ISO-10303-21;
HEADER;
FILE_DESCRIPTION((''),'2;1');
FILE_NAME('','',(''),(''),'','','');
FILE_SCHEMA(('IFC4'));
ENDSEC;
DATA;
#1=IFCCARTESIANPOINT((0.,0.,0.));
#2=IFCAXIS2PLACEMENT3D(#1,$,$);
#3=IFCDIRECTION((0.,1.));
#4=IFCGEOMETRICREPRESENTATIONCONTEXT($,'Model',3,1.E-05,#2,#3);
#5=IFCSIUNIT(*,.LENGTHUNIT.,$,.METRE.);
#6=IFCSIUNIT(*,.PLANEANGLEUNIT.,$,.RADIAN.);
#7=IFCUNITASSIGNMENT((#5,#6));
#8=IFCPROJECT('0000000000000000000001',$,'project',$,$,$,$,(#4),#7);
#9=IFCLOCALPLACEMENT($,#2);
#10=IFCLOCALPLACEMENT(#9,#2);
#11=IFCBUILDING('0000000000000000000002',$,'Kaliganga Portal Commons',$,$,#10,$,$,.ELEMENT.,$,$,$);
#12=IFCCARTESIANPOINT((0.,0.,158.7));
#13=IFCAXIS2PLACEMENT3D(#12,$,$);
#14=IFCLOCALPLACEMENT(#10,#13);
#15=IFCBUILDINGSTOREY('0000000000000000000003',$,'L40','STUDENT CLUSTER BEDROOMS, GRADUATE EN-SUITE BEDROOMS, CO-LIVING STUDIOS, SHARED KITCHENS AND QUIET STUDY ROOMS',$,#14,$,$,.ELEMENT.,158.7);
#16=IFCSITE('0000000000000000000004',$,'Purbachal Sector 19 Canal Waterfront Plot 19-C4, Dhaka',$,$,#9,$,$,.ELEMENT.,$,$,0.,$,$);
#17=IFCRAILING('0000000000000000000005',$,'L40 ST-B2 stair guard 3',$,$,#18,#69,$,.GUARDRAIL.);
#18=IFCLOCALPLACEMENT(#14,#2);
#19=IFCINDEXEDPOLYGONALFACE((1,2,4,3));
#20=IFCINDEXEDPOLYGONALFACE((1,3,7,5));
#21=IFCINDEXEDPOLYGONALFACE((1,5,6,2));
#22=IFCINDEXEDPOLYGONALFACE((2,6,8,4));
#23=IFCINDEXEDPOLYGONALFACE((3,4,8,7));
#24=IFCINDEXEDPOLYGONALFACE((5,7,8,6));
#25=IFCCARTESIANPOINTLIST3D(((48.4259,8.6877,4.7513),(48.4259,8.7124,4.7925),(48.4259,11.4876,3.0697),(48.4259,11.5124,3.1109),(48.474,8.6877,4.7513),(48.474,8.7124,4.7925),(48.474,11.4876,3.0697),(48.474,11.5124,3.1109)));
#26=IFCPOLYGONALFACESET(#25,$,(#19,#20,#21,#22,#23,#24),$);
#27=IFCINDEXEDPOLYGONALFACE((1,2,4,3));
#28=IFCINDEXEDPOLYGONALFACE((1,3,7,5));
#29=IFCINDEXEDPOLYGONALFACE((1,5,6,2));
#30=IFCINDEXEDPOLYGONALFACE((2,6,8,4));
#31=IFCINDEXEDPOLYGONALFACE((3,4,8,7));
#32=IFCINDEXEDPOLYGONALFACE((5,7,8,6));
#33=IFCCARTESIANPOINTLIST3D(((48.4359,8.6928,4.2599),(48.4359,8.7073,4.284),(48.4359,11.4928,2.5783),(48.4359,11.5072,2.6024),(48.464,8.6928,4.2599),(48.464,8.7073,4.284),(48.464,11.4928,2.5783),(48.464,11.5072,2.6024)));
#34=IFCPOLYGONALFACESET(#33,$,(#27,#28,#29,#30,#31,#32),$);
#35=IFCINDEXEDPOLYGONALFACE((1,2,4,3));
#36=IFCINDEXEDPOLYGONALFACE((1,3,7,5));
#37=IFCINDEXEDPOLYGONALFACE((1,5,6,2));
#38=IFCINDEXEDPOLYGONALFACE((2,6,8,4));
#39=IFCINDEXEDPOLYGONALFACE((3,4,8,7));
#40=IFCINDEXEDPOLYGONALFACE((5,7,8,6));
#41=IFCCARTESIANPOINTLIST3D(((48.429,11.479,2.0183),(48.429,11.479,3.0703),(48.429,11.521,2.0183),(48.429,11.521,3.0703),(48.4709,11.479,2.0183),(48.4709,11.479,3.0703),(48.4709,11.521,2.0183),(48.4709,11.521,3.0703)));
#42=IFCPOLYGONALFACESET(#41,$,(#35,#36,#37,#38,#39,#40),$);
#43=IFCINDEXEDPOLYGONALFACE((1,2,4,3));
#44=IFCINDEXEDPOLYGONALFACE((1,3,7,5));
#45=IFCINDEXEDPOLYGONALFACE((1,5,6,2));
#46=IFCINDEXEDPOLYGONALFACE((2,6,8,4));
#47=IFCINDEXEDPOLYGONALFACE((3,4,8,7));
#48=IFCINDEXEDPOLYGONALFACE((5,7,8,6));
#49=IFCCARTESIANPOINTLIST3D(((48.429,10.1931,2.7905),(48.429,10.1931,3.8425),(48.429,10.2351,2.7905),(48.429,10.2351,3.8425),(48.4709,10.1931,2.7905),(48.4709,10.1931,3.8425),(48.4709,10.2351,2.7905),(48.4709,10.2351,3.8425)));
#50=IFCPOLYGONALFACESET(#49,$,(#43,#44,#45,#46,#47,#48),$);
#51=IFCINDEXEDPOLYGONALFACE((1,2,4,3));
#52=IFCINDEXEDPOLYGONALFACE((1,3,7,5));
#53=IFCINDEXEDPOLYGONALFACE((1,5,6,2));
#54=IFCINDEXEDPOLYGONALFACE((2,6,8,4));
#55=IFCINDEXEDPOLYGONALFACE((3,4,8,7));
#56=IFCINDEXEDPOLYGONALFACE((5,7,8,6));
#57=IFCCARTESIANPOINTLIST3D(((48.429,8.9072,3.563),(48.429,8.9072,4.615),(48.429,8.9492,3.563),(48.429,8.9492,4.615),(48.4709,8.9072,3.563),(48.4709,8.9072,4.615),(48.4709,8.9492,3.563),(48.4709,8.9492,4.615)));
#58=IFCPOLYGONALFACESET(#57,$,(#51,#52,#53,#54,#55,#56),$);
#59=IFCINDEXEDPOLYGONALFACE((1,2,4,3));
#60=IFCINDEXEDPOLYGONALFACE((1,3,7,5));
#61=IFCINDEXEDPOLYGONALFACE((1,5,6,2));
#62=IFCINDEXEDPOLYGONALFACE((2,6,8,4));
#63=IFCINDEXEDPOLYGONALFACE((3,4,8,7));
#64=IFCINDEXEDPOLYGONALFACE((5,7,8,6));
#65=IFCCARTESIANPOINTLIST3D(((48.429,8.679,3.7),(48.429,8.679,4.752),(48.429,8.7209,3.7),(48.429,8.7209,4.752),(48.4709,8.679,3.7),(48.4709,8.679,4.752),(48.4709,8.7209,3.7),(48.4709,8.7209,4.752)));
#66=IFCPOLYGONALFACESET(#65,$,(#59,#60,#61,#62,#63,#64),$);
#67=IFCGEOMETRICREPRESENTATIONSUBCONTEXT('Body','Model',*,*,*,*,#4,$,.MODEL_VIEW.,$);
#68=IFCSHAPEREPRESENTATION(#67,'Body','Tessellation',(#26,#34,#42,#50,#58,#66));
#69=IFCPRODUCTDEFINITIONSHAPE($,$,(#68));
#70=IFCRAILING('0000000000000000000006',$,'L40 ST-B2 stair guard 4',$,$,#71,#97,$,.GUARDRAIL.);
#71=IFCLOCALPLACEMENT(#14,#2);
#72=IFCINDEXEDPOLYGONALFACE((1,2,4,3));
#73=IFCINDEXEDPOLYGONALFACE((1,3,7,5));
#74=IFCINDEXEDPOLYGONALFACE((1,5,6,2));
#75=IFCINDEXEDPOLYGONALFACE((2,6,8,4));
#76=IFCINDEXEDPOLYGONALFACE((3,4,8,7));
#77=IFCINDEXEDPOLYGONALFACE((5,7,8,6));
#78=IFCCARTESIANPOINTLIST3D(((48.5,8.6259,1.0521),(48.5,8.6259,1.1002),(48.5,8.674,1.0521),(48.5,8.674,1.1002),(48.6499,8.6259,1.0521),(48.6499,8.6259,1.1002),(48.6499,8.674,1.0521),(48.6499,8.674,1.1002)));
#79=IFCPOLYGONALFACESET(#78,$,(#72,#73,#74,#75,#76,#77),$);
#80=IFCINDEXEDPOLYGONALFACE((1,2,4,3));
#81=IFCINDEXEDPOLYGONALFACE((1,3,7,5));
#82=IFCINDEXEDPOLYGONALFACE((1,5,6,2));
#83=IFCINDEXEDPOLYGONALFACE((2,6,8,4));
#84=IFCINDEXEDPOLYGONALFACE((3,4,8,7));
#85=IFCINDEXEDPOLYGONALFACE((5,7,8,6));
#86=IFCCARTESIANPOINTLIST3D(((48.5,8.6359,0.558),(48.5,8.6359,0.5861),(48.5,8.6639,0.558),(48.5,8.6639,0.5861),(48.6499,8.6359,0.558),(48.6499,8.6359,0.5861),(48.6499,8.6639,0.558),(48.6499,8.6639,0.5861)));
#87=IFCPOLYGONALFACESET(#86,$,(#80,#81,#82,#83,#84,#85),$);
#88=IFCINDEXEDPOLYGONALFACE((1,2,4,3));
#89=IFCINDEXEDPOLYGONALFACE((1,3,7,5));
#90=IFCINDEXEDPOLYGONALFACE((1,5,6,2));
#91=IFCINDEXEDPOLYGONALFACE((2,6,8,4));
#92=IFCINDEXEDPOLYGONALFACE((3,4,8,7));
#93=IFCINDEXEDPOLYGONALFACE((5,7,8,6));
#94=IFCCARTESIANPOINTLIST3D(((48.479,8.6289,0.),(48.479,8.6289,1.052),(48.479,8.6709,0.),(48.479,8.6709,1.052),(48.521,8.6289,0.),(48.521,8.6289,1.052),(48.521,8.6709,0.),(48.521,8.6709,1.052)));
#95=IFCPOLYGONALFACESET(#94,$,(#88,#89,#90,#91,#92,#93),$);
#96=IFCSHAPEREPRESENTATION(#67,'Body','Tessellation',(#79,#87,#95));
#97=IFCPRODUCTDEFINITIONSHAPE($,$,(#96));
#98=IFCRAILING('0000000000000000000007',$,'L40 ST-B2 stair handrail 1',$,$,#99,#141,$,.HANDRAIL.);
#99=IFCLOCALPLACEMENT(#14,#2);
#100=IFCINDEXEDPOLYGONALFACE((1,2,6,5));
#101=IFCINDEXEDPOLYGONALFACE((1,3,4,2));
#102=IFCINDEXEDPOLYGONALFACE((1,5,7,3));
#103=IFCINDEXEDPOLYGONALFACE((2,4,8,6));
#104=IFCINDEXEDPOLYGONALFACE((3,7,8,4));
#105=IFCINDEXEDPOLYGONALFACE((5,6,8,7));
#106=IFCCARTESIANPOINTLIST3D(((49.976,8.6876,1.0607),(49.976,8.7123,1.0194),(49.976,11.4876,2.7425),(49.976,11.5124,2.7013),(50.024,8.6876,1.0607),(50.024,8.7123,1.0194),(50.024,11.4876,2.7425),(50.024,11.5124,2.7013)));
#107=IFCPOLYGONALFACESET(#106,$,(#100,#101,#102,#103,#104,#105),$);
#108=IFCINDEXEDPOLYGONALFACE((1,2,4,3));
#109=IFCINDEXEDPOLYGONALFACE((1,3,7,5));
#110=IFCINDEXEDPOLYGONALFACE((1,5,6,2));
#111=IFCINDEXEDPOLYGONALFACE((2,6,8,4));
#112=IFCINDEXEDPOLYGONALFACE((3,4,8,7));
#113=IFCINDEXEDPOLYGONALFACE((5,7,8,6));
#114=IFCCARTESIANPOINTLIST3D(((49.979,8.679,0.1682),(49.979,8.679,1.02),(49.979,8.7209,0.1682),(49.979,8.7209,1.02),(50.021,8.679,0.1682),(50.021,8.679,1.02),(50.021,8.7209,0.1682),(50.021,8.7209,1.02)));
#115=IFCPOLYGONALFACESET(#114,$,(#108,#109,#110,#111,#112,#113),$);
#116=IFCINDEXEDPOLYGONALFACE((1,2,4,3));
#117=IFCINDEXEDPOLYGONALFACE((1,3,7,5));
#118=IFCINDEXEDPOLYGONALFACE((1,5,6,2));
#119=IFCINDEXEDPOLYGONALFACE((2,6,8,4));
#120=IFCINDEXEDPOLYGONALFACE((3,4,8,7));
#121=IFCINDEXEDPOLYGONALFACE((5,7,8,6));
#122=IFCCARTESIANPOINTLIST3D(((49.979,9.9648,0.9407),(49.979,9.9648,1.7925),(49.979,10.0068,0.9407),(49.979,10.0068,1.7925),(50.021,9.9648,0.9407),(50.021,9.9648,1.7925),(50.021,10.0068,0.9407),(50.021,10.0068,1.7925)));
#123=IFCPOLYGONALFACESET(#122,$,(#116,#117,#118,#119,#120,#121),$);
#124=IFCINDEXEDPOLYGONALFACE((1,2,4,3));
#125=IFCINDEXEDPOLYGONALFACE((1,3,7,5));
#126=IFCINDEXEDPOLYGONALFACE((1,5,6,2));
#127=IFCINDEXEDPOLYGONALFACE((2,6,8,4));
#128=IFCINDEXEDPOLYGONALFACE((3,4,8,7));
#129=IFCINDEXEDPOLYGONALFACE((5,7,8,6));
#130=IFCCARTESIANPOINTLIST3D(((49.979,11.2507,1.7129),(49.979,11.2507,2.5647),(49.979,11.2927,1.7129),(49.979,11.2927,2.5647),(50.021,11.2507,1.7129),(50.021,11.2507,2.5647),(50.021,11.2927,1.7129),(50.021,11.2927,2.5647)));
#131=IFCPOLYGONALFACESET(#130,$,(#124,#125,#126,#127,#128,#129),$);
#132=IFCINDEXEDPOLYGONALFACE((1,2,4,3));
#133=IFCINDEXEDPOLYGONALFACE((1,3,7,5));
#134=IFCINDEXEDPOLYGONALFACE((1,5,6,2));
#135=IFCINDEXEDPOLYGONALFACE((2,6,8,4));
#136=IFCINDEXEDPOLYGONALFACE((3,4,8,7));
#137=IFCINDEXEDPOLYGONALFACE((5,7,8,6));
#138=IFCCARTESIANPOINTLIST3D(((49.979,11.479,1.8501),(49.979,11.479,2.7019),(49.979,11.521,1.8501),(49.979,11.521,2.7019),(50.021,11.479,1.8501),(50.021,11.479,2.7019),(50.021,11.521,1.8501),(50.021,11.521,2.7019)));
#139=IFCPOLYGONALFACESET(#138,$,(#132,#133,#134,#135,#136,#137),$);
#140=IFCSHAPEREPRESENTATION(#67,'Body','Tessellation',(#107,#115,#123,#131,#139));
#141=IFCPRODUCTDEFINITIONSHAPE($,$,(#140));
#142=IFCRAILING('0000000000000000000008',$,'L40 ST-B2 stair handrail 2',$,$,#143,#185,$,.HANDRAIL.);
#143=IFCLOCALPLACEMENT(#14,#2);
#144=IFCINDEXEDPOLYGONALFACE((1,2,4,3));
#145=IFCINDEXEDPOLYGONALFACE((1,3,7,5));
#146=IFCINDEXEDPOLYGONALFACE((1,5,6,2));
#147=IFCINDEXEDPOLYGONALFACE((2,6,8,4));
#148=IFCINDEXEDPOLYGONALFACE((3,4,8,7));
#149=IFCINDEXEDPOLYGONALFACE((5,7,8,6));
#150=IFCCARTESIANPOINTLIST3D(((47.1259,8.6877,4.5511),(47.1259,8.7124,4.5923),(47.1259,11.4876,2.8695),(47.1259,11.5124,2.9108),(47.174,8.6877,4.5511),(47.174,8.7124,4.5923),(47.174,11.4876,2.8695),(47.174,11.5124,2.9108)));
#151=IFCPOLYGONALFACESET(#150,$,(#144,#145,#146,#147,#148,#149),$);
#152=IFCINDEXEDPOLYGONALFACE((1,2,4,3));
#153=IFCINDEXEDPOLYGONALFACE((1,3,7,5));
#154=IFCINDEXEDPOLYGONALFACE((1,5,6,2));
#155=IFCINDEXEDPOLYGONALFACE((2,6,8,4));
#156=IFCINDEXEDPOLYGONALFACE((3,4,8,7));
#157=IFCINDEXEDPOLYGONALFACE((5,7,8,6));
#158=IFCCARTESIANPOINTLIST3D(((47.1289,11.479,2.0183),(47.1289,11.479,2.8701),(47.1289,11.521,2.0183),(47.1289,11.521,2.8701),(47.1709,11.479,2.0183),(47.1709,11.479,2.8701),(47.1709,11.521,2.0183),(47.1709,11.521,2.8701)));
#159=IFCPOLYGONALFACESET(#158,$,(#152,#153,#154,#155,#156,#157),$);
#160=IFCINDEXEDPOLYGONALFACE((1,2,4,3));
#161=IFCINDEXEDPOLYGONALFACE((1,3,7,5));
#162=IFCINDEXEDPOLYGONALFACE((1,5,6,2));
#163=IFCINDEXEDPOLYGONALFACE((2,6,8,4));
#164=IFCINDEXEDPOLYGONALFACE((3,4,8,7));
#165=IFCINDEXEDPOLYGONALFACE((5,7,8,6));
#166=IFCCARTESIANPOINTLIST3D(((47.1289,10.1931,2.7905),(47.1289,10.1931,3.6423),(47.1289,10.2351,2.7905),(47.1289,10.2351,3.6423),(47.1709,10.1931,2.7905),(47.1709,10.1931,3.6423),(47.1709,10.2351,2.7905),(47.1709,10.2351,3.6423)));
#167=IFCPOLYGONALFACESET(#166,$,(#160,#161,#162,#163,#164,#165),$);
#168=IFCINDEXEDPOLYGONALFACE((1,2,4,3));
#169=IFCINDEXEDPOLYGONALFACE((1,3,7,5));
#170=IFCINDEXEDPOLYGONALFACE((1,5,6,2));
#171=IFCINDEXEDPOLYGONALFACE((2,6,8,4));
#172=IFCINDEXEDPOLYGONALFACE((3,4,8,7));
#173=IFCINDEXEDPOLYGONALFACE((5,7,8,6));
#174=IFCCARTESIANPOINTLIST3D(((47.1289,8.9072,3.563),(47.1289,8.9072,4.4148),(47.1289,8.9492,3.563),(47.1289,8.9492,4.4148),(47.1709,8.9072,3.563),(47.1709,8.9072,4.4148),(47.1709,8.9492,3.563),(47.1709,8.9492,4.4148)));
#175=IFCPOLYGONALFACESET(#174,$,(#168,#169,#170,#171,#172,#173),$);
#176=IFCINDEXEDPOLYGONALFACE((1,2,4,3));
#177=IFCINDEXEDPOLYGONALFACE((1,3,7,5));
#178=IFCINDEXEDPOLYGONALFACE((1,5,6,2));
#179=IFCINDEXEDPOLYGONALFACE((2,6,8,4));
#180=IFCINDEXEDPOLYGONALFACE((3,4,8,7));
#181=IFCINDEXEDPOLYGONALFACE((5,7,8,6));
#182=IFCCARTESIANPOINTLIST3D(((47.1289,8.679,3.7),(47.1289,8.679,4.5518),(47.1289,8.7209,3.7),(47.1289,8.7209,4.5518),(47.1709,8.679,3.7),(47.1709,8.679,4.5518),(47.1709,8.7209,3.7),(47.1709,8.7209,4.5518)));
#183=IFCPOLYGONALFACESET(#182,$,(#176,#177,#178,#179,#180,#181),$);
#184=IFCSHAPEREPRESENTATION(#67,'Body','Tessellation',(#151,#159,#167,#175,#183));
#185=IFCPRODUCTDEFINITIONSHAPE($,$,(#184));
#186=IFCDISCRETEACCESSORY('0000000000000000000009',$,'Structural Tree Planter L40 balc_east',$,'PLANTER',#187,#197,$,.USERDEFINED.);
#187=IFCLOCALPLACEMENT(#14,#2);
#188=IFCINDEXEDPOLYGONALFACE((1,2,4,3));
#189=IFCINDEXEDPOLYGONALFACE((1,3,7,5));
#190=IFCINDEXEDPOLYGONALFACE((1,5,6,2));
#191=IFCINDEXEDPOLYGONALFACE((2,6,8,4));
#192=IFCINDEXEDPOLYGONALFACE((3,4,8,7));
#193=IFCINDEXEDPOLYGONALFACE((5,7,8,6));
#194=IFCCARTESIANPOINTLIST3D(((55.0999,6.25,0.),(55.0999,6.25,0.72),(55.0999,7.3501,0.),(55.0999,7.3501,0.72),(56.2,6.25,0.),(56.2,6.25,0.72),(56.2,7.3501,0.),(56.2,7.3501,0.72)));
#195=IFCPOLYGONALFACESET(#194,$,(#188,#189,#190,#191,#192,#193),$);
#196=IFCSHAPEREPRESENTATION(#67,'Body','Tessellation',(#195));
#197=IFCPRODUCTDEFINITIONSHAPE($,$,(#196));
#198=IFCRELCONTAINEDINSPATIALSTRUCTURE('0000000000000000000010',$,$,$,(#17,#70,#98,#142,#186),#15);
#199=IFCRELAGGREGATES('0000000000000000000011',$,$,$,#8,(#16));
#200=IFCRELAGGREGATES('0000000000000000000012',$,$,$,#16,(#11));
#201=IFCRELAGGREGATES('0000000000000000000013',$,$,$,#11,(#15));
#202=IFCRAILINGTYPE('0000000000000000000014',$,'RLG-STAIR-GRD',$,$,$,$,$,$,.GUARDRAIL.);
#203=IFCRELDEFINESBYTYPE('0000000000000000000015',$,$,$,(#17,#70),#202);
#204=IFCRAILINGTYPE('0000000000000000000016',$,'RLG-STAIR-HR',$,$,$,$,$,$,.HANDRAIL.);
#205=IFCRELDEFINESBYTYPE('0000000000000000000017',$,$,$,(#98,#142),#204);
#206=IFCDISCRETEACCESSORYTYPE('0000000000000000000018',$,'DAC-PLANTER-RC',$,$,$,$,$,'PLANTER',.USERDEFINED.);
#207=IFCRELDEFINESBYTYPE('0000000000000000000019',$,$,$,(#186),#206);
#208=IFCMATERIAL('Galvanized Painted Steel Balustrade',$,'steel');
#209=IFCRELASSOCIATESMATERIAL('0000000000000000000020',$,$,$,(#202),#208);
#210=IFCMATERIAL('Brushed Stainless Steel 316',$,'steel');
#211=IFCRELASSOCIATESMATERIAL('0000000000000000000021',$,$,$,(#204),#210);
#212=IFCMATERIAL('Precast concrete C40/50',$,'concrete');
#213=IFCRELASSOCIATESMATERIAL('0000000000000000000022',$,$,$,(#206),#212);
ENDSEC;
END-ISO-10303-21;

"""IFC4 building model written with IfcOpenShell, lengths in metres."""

from ifc_helpers import new_model, si_unit, direction, frame, origin, origin_2d, place, context, subcontext, project, spatial, rectangle, extrude, source, transform, mapped, material, type_object, element, save


model = new_model("IFC4")

# Units and contexts
model_context = context("Model", 3, precision=1e-05, world=origin(), true_north=direction((0.0, 1.0)))
body_context = subcontext(model_context, "Body", "Model", "MODEL_VIEW")
ifc_project = project(units=[si_unit("LENGTHUNIT", "METRE"), si_unit("PLANEANGLEUNIT", "RADIAN")], contexts=[model_context])

# Site, building, storey
site_placement = place(None, origin())
site = spatial("IfcSite", under=ifc_project, at=site_placement, Name="Purbachal Sector 19 Canal Waterfront Plot 19-C4, Dhaka", CompositionType="ELEMENT", RefElevation=0.0)
building_placement = place(site_placement, origin())
building = spatial("IfcBuilding", under=site, at=building_placement, Name="Kaliganga Portal Commons", CompositionType="ELEMENT")
storey_placement = place(building_placement, frame((0.0, 0.0, 158.7)))
storey = spatial("IfcBuildingStorey", under=building, at=storey_placement, Name="L40", Description="STUDENT CLUSTER BEDROOMS, GRADUATE EN-SUITE BEDROOMS, CO-LIVING STUDIOS, SHARED KITCHENS AND QUIET STUDY ROOMS", CompositionType="ELEMENT", Elevation=158.7)

# Railings
ifc_material_1 = material(Name="Galvanized Painted Steel Balustrade", Category="steel")
railing_type_1 = type_object("IfcRailingType", Name="RLG-STAIR-GRD", PredefinedType="GUARDRAIL", material=ifc_material_1)
railing_1_placement = place(storey_placement, frame((48.45, 11.5, 2.0183)))
element("IfcRailing", 1, at=railing_1_placement, inside=storey, type_object=railing_type_1, Name="L40 ST-B2 stair guard 3", PredefinedType="GUARDRAIL", context=body_context, shape_type="SweptSolid", body=[
    extrude(rectangle(XDim=0.0481, YDim=0.0481, at=origin_2d()), frame((0.0, 0.0, 1.072), z_axis=(0.0, -0.857275, 0.514858), x_axis=(1.0, 0.0, 0.0)), (0.0, 0.0, 1.0), 3.2661),
    extrude(rectangle(XDim=0.0281, YDim=0.0281, at=origin_2d()), frame((0.0, 0.0, 0.572), z_axis=(0.0, -0.857275, 0.514858), x_axis=(1.0, 0.0, 0.0)), (0.0, 0.0, 1.0), 3.2661),
    extrude(rectangle(XDim=0.042, YDim=0.042, at=origin_2d()), origin(), (0.0, 0.0, 1.0), 1.052),
    extrude(rectangle(XDim=0.042, YDim=0.042, at=origin_2d()), frame((0.0, -1.2859, 0.7722)), (0.0, 0.0, 1.0), 1.052),
    extrude(rectangle(XDim=0.042, YDim=0.042, at=origin_2d()), frame((0.0, -2.5718, 1.5447)), (0.0, 0.0, 1.0), 1.052),
    extrude(rectangle(XDim=0.042, YDim=0.042, at=origin_2d()), frame((0.0, -2.8, 1.6816)), (0.0, 0.0, 1.0), 1.052),
])
railing_2_placement = place(storey_placement, frame((48.6499, 8.6499, 0.0)))
element("IfcRailing", 2, at=railing_2_placement, inside=storey, type_object=railing_type_1, Name="L40 ST-B2 stair guard 4", PredefinedType="GUARDRAIL", context=body_context, shape_type="SweptSolid", body=[
    extrude(rectangle(XDim=0.0481, YDim=0.0481, at=origin_2d()), frame((0.0, 0.0, 1.0762), z_axis=(-1.0, 0.0, 0.0), x_axis=(0.0, -1.0, 0.0)), (0.0, 0.0, 1.0), 0.1499),
    extrude(rectangle(XDim=0.0281, YDim=0.0281, at=origin_2d()), frame((0.0, 0.0, 0.572), z_axis=(-1.0, 0.0, 0.0), x_axis=(0.0, -1.0, 0.0)), (0.0, 0.0, 1.0), 0.1499),
    extrude(rectangle(XDim=0.042, YDim=0.042, at=origin_2d()), frame((-0.1499, 0.0, 0.0)), (0.0, 0.0, 1.0), 1.052),
])
ifc_material_2 = material(Name="Brushed Stainless Steel 316", Category="steel")
railing_type_2 = type_object("IfcRailingType", Name="RLG-STAIR-HR", PredefinedType="HANDRAIL", material=ifc_material_2)
railing_3_placement = place(storey_placement, frame((50.0, 8.7, 0.1682)))
element("IfcRailing", 3, at=railing_3_placement, inside=storey, type_object=railing_type_2, Name="L40 ST-B2 stair handrail 1", PredefinedType="HANDRAIL", context=body_context, shape_type="SweptSolid", body=[
    extrude(rectangle(XDim=0.0481, YDim=0.0481, at=origin_2d()), frame((0.0, 0.0, 0.8718), z_axis=(0.0, 0.857242, 0.514913), x_axis=(-1.0, 0.0, 0.0)), (0.0, 0.0, 1.0), 3.2664),
    extrude(rectangle(XDim=0.042, YDim=0.042, at=origin_2d()), origin(), (0.0, 0.0, 1.0), 0.8518),
    extrude(rectangle(XDim=0.042, YDim=0.042, at=origin_2d()), frame((0.0, 1.2859, 0.7725)), (0.0, 0.0, 1.0), 0.8518),
    extrude(rectangle(XDim=0.042, YDim=0.042, at=origin_2d()), frame((0.0, 2.5718, 1.5447)), (0.0, 0.0, 1.0), 0.8518),
    extrude(rectangle(XDim=0.042, YDim=0.042, at=origin_2d()), frame((0.0, 2.8, 1.6819)), (0.0, 0.0, 1.0), 0.8518),
])
railing_4_placement = place(storey_placement, frame((47.1499, 11.5, 2.0183)))
element("IfcRailing", 4, at=railing_4_placement, inside=storey, type_object=railing_type_2, Name="L40 ST-B2 stair handrail 2", PredefinedType="HANDRAIL", context=body_context, shape_type="SweptSolid", body=[
    extrude(rectangle(XDim=0.0481, YDim=0.0481, at=origin_2d()), frame((0.0, 0.0, 0.8718), z_axis=(0.0, -0.857275, 0.514858), x_axis=(1.0, 0.0, 0.0)), (0.0, 0.0, 1.0), 3.2661),
    extrude(rectangle(XDim=0.042, YDim=0.042, at=origin_2d()), origin(), (0.0, 0.0, 1.0), 0.8518),
    extrude(rectangle(XDim=0.042, YDim=0.042, at=origin_2d()), frame((0.0, -1.2859, 0.7722)), (0.0, 0.0, 1.0), 0.8518),
    extrude(rectangle(XDim=0.042, YDim=0.042, at=origin_2d()), frame((0.0, -2.5718, 1.5447)), (0.0, 0.0, 1.0), 0.8518),
    extrude(rectangle(XDim=0.042, YDim=0.042, at=origin_2d()), frame((0.0, -2.8, 1.6816)), (0.0, 0.0, 1.0), 0.8518),
])

# Discrete accessory
ifc_material_3 = material(Name="Precast concrete C40/50", Category="concrete")
discrete_accessory_type = type_object("IfcDiscreteAccessoryType", Name="DAC-PLANTER-RC", ElementType="PLANTER", PredefinedType="USERDEFINED", material=ifc_material_3)
shared_shape_1 = source(origin(), body_context, "Body", "SweptSolid", [
    extrude(rectangle(XDim=1.1001, YDim=1.1001, at=origin_2d()), origin(), (0.0, 0.0, 1.0), 0.72),
])
discrete_accessory_placement = place(storey_placement, frame((55.6499, 6.8, 0.0), z_axis=(0.0, 0.0, 1.0), x_axis=(1.0, 0.0, 0.0)))
element("IfcDiscreteAccessory", 5, at=discrete_accessory_placement, inside=storey, type_object=discrete_accessory_type, Name="Structural Tree Planter L40 balc_east", ObjectType="PLANTER", PredefinedType="USERDEFINED", context=body_context, shape_type="MappedRepresentation", body=[
    mapped(shared_shape_1, transform((0.0, 0.0, 0.0), x_axis=(1.0, 0.0, 0.0), y_axis=(0.0, 1.0, 0.0), z_axis=(0.0, 0.0, 1.0), scale=1.0)),
])

save(model, "model.ifc")
